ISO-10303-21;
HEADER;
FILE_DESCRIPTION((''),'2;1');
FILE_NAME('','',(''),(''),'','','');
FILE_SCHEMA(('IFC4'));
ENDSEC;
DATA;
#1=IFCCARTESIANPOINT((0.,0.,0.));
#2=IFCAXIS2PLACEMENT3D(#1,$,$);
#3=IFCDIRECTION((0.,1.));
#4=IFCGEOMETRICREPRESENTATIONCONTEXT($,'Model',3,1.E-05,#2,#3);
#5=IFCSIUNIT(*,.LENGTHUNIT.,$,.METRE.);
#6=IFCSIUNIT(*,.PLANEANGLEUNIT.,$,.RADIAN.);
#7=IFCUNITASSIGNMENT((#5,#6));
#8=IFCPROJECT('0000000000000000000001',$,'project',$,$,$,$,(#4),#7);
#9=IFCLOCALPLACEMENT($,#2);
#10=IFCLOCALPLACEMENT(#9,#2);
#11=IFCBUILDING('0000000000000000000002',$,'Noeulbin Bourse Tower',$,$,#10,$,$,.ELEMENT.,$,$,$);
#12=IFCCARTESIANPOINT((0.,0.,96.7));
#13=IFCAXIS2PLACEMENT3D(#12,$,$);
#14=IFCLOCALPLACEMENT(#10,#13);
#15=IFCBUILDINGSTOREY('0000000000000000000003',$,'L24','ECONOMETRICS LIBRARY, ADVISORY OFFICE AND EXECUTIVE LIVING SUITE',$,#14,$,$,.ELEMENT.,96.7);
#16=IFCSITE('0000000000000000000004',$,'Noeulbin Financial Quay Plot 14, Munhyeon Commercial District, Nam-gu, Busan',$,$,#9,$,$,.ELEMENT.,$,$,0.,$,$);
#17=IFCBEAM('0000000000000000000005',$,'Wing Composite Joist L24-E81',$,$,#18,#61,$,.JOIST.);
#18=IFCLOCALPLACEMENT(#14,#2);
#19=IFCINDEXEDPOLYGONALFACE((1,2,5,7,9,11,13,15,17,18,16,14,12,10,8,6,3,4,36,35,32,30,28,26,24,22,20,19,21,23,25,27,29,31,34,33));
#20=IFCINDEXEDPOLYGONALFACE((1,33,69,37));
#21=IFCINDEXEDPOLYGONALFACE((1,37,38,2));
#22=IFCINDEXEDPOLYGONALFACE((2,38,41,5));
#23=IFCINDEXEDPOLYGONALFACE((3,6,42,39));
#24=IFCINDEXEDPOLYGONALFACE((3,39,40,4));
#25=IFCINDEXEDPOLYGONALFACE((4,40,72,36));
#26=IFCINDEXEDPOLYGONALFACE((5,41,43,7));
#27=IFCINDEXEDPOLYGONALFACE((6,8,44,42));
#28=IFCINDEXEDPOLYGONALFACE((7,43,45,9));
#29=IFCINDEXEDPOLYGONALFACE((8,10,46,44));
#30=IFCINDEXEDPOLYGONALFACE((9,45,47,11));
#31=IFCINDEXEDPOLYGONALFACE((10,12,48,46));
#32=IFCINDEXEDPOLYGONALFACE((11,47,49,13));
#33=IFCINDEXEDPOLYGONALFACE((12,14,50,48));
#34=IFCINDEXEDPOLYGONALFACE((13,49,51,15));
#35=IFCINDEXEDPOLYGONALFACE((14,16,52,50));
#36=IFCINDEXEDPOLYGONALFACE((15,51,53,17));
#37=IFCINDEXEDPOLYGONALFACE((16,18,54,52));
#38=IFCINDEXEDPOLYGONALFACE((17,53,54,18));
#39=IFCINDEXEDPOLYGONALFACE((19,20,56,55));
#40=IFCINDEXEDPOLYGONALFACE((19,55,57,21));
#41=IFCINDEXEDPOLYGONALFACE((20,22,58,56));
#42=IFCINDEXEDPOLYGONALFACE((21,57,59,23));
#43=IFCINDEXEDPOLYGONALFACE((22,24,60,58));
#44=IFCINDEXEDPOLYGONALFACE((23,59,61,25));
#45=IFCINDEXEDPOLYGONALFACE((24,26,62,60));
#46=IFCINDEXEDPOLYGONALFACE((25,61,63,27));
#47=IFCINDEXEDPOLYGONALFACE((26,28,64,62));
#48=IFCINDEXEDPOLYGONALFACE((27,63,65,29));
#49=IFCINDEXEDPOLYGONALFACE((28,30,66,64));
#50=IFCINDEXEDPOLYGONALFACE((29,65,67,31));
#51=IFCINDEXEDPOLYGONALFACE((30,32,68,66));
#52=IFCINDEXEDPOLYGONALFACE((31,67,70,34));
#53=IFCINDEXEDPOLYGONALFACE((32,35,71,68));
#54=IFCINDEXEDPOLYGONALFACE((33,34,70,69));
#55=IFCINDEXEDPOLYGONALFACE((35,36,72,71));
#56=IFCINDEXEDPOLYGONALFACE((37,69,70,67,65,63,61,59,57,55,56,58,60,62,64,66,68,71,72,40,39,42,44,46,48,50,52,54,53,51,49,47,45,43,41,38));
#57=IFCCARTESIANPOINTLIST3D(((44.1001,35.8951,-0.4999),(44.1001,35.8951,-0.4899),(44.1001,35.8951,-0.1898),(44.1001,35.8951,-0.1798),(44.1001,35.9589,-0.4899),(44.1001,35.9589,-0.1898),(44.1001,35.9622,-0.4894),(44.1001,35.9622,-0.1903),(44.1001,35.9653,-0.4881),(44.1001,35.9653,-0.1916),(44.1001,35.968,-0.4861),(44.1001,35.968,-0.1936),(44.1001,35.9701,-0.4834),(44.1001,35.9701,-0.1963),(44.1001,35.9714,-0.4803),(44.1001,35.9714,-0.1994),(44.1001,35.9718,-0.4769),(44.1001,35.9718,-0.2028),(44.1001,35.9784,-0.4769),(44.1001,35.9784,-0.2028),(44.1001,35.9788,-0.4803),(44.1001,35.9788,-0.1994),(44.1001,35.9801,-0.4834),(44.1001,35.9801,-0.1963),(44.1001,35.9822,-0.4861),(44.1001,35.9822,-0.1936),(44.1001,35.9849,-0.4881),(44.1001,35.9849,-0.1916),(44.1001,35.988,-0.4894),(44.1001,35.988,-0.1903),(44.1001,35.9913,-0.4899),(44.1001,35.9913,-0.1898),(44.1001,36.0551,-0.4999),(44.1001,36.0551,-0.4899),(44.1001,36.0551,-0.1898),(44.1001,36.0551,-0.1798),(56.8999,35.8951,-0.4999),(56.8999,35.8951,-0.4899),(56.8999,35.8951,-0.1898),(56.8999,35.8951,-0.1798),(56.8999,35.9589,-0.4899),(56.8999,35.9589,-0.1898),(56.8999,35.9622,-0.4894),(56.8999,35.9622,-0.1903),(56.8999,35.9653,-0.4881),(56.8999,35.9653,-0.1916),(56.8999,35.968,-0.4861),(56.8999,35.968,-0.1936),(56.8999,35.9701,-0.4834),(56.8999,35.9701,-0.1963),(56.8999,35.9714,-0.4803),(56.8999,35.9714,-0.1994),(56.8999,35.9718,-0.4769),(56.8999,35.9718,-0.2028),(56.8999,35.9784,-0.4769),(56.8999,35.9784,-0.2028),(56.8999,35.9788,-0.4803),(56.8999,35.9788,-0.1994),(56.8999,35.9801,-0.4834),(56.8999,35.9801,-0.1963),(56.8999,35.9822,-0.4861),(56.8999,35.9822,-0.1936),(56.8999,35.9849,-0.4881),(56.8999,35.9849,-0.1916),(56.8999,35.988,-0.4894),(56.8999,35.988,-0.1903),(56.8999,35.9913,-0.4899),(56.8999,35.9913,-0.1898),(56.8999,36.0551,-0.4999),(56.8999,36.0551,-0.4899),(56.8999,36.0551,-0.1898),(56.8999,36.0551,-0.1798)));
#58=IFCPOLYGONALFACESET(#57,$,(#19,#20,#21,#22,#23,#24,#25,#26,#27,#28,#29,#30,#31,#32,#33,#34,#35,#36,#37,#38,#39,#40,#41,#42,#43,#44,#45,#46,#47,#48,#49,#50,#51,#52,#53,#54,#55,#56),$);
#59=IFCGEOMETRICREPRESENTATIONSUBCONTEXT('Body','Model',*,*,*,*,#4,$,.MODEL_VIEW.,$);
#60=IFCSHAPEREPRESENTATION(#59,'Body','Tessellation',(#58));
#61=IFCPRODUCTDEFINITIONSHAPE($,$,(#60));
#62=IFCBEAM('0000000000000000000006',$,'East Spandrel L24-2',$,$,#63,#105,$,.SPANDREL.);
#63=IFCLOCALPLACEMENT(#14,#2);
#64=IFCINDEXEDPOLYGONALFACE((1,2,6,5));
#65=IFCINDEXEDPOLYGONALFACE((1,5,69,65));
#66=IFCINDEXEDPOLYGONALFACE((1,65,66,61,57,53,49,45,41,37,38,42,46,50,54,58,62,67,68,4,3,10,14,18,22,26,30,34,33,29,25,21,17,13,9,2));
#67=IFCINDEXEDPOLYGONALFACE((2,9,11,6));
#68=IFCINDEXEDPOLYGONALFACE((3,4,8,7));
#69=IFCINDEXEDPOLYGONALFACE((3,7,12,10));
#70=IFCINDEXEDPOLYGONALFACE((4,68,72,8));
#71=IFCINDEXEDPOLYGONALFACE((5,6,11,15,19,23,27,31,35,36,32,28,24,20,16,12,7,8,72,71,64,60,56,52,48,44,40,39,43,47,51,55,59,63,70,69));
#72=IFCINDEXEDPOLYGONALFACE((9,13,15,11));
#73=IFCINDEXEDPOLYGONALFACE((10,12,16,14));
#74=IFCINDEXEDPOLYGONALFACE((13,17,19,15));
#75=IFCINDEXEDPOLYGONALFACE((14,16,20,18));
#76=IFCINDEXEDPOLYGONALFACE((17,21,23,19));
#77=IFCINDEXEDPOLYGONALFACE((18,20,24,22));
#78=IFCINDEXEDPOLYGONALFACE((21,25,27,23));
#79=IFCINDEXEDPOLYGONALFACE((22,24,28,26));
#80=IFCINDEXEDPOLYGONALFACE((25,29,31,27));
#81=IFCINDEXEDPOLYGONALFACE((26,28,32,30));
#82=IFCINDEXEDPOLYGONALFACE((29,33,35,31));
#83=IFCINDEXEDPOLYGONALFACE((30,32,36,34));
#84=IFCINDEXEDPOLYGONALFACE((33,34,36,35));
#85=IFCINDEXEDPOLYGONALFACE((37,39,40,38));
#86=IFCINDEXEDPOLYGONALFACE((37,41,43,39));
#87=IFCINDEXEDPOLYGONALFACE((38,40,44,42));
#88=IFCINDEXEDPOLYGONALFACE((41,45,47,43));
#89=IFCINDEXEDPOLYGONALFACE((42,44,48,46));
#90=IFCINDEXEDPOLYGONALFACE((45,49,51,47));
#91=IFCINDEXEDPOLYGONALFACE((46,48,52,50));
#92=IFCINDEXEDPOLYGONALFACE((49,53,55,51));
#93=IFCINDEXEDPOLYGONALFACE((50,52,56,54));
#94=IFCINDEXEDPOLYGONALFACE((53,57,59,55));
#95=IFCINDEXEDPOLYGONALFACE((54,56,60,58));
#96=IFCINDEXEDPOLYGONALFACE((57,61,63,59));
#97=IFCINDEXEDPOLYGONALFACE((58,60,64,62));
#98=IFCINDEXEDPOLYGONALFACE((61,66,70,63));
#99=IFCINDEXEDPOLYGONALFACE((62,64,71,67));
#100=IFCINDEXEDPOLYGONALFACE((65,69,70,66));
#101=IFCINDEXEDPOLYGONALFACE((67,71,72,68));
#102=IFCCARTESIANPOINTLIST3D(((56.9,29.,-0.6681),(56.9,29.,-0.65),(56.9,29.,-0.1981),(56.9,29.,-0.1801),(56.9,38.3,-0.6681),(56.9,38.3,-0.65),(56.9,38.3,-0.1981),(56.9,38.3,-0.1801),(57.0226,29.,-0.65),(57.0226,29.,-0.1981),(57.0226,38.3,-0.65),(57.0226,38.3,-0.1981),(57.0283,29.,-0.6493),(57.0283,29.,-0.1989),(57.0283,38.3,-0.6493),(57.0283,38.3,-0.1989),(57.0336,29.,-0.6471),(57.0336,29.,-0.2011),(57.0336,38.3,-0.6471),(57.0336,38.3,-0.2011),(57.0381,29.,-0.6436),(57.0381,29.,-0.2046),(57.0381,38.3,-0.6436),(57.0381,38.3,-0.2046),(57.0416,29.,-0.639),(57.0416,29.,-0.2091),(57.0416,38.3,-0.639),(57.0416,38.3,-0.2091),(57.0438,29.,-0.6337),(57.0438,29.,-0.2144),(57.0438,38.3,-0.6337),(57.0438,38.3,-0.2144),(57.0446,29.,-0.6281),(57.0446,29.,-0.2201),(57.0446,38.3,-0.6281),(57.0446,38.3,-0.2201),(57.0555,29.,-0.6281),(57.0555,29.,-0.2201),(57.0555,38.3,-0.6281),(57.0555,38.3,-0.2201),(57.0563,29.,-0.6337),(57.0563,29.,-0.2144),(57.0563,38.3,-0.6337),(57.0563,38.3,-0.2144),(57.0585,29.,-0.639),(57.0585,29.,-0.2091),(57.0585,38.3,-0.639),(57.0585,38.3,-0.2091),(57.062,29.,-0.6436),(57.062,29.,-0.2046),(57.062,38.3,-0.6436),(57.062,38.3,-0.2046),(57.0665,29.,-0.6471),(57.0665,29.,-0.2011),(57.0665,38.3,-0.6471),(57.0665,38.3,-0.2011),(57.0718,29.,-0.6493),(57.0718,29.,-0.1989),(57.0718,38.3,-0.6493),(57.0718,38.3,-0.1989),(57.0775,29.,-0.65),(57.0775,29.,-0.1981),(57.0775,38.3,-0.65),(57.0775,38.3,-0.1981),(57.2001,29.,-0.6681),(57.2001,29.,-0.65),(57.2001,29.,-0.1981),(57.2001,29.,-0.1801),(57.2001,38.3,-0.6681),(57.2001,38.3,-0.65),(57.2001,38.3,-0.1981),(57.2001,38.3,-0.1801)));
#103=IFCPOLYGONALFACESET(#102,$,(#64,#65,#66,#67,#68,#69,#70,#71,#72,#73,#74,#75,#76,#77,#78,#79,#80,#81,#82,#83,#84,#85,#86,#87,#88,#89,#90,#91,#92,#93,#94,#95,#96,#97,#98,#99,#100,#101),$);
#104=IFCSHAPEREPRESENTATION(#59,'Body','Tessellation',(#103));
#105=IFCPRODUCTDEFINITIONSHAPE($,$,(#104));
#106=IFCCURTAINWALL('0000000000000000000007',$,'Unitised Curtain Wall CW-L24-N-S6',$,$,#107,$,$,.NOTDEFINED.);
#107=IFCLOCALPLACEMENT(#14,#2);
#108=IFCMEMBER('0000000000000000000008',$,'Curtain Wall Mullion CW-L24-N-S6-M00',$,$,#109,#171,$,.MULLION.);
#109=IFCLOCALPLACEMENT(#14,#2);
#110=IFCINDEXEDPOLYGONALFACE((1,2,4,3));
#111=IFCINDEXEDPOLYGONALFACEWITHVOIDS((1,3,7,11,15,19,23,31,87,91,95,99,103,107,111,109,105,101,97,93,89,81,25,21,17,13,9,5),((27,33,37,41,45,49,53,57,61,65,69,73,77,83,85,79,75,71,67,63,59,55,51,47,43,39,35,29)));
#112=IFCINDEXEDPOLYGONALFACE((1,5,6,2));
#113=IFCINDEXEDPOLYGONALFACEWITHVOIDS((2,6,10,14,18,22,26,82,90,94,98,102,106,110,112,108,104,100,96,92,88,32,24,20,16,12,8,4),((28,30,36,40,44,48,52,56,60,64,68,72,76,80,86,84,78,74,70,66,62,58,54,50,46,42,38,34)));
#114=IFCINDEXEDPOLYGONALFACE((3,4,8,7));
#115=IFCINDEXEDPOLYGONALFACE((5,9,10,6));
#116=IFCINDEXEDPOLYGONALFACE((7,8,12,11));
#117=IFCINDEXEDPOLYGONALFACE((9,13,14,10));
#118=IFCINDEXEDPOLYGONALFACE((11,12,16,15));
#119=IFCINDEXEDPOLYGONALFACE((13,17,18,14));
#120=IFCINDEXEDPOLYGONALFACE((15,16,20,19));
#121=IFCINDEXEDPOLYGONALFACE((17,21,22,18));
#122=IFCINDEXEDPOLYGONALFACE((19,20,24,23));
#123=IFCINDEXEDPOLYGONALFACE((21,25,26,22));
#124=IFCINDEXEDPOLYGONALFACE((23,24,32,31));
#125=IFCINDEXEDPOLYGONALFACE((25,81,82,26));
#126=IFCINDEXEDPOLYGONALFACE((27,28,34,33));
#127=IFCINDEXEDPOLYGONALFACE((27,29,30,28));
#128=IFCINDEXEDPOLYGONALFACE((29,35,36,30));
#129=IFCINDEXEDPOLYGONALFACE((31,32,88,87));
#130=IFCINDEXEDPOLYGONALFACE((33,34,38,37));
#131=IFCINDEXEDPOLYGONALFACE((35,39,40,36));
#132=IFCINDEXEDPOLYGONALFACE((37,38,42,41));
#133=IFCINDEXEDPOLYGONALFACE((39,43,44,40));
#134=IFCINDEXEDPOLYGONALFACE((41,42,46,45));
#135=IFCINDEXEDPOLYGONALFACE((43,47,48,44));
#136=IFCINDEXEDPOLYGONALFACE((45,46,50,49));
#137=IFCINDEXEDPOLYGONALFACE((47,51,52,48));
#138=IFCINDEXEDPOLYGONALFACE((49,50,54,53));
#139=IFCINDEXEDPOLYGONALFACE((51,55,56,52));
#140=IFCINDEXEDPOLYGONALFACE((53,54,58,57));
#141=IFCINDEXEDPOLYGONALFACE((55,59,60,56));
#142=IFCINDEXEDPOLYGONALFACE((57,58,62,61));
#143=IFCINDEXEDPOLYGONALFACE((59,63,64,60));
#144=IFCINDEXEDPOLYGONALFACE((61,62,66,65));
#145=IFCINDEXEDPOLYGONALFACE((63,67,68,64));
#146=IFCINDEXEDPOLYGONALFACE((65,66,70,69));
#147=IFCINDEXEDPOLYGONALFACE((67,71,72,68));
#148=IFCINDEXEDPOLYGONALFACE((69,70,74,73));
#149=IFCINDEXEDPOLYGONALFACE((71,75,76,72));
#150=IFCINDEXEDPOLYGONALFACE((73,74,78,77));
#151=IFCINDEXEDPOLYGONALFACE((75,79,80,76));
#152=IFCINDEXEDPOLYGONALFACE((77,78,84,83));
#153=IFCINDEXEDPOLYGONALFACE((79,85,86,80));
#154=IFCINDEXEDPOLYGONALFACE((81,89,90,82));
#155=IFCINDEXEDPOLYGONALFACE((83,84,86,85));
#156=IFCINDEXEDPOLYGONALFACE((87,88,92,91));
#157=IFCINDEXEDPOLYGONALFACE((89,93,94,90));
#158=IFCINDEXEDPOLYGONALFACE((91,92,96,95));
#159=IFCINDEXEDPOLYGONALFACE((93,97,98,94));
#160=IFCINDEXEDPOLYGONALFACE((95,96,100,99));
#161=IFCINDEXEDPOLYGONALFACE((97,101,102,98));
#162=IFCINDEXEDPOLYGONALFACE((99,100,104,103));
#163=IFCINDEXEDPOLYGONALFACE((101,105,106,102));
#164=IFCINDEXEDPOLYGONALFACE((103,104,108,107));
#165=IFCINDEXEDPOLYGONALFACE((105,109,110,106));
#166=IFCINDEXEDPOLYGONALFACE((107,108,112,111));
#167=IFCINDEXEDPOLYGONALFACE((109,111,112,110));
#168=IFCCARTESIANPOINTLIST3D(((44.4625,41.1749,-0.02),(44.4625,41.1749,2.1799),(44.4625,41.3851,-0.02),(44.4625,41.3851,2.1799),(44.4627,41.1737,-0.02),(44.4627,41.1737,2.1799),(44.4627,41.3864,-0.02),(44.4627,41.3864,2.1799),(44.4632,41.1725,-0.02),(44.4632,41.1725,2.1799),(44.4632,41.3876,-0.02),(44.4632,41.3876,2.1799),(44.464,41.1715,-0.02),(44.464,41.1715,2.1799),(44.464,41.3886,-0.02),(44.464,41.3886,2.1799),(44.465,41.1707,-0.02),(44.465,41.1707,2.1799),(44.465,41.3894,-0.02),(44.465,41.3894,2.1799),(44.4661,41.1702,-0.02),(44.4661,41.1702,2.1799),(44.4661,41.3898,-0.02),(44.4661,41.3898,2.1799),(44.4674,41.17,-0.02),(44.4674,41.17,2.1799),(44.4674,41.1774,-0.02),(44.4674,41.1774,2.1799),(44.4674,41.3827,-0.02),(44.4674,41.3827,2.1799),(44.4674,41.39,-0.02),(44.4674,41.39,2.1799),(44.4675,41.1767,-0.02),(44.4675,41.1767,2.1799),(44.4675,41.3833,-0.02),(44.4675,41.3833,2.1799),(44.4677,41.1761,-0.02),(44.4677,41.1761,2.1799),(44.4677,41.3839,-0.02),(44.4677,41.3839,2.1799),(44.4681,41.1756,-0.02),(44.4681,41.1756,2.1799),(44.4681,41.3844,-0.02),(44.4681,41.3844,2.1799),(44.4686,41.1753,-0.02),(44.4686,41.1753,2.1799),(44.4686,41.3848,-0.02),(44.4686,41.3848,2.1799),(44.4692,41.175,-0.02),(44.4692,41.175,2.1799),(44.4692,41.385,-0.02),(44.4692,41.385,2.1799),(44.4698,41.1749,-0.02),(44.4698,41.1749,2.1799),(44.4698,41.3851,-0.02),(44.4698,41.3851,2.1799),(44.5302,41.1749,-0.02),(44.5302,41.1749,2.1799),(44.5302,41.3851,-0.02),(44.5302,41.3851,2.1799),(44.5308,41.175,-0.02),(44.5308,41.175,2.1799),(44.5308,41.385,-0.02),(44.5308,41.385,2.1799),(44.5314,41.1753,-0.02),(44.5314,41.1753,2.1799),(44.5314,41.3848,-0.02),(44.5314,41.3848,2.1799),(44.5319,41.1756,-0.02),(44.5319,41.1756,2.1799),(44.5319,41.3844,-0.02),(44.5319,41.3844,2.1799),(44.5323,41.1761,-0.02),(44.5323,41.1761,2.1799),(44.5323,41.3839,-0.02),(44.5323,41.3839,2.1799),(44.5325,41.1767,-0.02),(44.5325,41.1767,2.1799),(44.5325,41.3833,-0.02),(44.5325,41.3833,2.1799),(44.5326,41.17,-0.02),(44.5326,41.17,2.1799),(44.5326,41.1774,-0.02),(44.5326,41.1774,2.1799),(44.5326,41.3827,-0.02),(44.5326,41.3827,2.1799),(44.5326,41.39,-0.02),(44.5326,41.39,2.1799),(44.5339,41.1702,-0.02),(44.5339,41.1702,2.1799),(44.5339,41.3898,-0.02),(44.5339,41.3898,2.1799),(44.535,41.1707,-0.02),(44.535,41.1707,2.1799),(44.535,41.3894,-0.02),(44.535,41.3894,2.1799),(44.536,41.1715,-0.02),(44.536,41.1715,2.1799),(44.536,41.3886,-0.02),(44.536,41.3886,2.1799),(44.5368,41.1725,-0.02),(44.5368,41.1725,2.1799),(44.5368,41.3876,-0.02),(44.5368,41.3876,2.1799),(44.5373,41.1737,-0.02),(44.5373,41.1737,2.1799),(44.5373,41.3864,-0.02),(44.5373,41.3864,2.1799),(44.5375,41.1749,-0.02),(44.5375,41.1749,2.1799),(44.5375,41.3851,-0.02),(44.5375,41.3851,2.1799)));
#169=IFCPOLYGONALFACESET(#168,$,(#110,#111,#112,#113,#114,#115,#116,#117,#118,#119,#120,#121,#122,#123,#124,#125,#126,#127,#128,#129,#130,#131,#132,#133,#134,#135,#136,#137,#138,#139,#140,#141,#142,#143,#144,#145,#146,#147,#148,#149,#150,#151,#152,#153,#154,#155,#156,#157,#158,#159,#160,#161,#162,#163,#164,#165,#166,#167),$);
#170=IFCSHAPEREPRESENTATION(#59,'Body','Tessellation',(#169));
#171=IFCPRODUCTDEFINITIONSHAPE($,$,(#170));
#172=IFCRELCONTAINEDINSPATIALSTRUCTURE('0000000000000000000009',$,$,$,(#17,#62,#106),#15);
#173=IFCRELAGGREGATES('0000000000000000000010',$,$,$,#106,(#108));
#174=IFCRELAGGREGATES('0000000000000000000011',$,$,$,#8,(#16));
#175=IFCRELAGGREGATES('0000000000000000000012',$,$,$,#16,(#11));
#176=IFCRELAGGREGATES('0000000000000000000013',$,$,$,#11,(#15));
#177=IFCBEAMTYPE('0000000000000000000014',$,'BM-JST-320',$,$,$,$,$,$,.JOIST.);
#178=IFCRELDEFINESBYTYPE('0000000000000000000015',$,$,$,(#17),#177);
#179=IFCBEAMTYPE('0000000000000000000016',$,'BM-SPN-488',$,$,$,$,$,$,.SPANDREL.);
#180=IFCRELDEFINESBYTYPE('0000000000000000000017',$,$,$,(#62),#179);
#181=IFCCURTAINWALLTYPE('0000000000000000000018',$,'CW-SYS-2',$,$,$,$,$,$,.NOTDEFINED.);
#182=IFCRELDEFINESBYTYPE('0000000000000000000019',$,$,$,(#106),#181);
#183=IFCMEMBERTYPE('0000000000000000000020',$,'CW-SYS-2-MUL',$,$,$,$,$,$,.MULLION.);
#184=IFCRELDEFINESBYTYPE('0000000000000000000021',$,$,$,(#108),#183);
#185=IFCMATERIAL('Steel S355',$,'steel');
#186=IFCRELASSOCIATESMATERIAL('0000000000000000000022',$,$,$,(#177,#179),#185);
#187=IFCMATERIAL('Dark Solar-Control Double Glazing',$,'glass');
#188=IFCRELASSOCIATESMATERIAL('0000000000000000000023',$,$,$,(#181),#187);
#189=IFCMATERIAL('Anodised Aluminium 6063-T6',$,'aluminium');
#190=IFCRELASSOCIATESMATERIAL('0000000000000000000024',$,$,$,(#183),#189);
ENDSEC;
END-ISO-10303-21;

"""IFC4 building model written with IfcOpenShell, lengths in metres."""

from ifc_helpers import new_model, si_unit, direction, frame, origin, origin_2d, place, context, subcontext, project, spatial, hollow_rectangle, i_section, extrude, material, material_profile, profile_set, type_object, element, aggregate, save


model = new_model("IFC4")

# Units and contexts
model_context = context("Model", 3, precision=1e-05, world=origin(), true_north=direction((0.0, 1.0)))
body_context = subcontext(model_context, "Body", "Model", "MODEL_VIEW")
ifc_project = project(units=[si_unit("LENGTHUNIT", "METRE"), si_unit("PLANEANGLEUNIT", "RADIAN")], contexts=[model_context])

# Site, building, storey
site_placement = place(None, origin())
site = spatial("IfcSite", under=ifc_project, at=site_placement, Name="Noeulbin Financial Quay Plot 14, Munhyeon Commercial District, Nam-gu, Busan", CompositionType="ELEMENT", RefElevation=0.0)
building_placement = place(site_placement, origin())
building = spatial("IfcBuilding", under=site, at=building_placement, Name="Noeulbin Bourse Tower", CompositionType="ELEMENT")
storey_placement = place(building_placement, frame((0.0, 0.0, 96.7)))
storey = spatial("IfcBuildingStorey", under=building, at=storey_placement, Name="L24", Description="ECONOMETRICS LIBRARY, ADVISORY OFFICE AND EXECUTIVE LIVING SUITE", CompositionType="ELEMENT", Elevation=96.7)

# Beams
ifc_material_1 = material(Name="Steel S355", Category="steel")
ifc_material_profile_1 = material_profile(ifc_material_1, i_section(OverallWidth=0.1599, OverallDepth=0.3201, WebThickness=0.0066, FlangeThickness=0.01, FilletRadius=0.0129, at=origin_2d()), Name="H-320x160x6.5x10", Category="LoadBearing")
ifc_profile_set_1 = profile_set([ifc_material_profile_1], Name="Steel S355")
beam_type_1 = type_object("IfcBeamType", Name="BM-JST-320", PredefinedType="JOIST", material=ifc_profile_set_1)
for number, where, z_axis, x_axis, name in (
    (1, (44.1001, 35.9751, -0.3398), (1.0, 0.0, 0.0), (0.0, 1.0, 0.0), "Wing Composite Joist L24-E81"),
):
    element("IfcBeam", number, at=place(storey_placement, frame(where, z_axis=z_axis, x_axis=x_axis)), inside=storey, type_object=beam_type_1, Name=name, PredefinedType="JOIST", context=body_context, shape_type="SweptSolid", body=[
        extrude(i_section(OverallWidth=0.1599, OverallDepth=0.3201, WebThickness=0.0066, FlangeThickness=0.01, FilletRadius=0.0129, at=origin_2d()), origin(), (0.0, 0.0, 1.0), 12.7998),
    ])
ifc_material_profile_2 = material_profile(ifc_material_1, i_section(OverallWidth=0.3, OverallDepth=0.488, WebThickness=0.011, FlangeThickness=0.0181, FilletRadius=0.022, at=origin_2d()), Name="H-488x300x11x18", Category="LoadBearing")
ifc_profile_set_2 = profile_set([ifc_material_profile_2], Name="Steel S355")
beam_type_2 = type_object("IfcBeamType", Name="BM-SPN-488", PredefinedType="SPANDREL", material=ifc_profile_set_2)
beam_placement = place(storey_placement, frame((57.05, 29.0, -0.4241), z_axis=(0.0, 1.0, 0.0), x_axis=(-1.0, 0.0, 0.0)))
element("IfcBeam", 2, at=beam_placement, inside=storey, type_object=beam_type_2, Name="East Spandrel L24-2", PredefinedType="SPANDREL", context=body_context, shape_type="SweptSolid", body=[
    extrude(i_section(OverallWidth=0.3, OverallDepth=0.488, WebThickness=0.011, FlangeThickness=0.0181, FilletRadius=0.022, at=origin_2d()), origin(), (0.0, 0.0, 1.0), 9.3),
])

# Curtain wall, member
ifc_material_2 = material(Name="Dark Solar-Control Double Glazing", Category="glass")
curtain_wall_type = type_object("IfcCurtainWallType", Name="CW-SYS-2", PredefinedType="NOTDEFINED", material=ifc_material_2)
curtain_wall_1_placement = place(storey_placement, origin())
curtain_wall_1 = element("IfcCurtainWall", 3, at=curtain_wall_1_placement, inside=storey, type_object=curtain_wall_type, Name="Unitised Curtain Wall CW-L24-N-S6", PredefinedType="NOTDEFINED")
ifc_material_3 = material(Name="Anodised Aluminium 6063-T6", Category="aluminium")
ifc_material_profile_3 = material_profile(ifc_material_3, hollow_rectangle(XDim=0.075, YDim=0.22, WallThickness=0.0049, InnerFilletRadius=0.0024, OuterFilletRadius=0.0049, at=origin_2d()), Name="ALU-MULL-75x220x5", Category="LoadBearing")
ifc_profile_set_3 = profile_set([ifc_material_profile_3], Name="Anodised Aluminium 6063-T6")
member_type_1 = type_object("IfcMemberType", Name="CW-SYS-2-MUL", PredefinedType="MULLION", material=ifc_profile_set_3)
member_1_placement = place(storey_placement, frame((44.5, 41.28, -0.02), z_axis=(0.0, 0.0, 1.0), x_axis=(1.0, 0.0, 0.0)))
member_1 = element("IfcMember", 4, at=member_1_placement, type_object=member_type_1, Name="Curtain Wall Mullion CW-L24-N-S6-M00", PredefinedType="MULLION", context=body_context, shape_type="SweptSolid", body=[
    extrude(hollow_rectangle(XDim=0.075, YDim=0.22, WallThickness=0.0049, InnerFilletRadius=0.0024, OuterFilletRadius=0.0049, at=origin_2d()), origin(), (0.0, 0.0, 1.0), 2.2),
])

aggregate(curtain_wall_1, [member_1])

save(model, "model.ifc")
